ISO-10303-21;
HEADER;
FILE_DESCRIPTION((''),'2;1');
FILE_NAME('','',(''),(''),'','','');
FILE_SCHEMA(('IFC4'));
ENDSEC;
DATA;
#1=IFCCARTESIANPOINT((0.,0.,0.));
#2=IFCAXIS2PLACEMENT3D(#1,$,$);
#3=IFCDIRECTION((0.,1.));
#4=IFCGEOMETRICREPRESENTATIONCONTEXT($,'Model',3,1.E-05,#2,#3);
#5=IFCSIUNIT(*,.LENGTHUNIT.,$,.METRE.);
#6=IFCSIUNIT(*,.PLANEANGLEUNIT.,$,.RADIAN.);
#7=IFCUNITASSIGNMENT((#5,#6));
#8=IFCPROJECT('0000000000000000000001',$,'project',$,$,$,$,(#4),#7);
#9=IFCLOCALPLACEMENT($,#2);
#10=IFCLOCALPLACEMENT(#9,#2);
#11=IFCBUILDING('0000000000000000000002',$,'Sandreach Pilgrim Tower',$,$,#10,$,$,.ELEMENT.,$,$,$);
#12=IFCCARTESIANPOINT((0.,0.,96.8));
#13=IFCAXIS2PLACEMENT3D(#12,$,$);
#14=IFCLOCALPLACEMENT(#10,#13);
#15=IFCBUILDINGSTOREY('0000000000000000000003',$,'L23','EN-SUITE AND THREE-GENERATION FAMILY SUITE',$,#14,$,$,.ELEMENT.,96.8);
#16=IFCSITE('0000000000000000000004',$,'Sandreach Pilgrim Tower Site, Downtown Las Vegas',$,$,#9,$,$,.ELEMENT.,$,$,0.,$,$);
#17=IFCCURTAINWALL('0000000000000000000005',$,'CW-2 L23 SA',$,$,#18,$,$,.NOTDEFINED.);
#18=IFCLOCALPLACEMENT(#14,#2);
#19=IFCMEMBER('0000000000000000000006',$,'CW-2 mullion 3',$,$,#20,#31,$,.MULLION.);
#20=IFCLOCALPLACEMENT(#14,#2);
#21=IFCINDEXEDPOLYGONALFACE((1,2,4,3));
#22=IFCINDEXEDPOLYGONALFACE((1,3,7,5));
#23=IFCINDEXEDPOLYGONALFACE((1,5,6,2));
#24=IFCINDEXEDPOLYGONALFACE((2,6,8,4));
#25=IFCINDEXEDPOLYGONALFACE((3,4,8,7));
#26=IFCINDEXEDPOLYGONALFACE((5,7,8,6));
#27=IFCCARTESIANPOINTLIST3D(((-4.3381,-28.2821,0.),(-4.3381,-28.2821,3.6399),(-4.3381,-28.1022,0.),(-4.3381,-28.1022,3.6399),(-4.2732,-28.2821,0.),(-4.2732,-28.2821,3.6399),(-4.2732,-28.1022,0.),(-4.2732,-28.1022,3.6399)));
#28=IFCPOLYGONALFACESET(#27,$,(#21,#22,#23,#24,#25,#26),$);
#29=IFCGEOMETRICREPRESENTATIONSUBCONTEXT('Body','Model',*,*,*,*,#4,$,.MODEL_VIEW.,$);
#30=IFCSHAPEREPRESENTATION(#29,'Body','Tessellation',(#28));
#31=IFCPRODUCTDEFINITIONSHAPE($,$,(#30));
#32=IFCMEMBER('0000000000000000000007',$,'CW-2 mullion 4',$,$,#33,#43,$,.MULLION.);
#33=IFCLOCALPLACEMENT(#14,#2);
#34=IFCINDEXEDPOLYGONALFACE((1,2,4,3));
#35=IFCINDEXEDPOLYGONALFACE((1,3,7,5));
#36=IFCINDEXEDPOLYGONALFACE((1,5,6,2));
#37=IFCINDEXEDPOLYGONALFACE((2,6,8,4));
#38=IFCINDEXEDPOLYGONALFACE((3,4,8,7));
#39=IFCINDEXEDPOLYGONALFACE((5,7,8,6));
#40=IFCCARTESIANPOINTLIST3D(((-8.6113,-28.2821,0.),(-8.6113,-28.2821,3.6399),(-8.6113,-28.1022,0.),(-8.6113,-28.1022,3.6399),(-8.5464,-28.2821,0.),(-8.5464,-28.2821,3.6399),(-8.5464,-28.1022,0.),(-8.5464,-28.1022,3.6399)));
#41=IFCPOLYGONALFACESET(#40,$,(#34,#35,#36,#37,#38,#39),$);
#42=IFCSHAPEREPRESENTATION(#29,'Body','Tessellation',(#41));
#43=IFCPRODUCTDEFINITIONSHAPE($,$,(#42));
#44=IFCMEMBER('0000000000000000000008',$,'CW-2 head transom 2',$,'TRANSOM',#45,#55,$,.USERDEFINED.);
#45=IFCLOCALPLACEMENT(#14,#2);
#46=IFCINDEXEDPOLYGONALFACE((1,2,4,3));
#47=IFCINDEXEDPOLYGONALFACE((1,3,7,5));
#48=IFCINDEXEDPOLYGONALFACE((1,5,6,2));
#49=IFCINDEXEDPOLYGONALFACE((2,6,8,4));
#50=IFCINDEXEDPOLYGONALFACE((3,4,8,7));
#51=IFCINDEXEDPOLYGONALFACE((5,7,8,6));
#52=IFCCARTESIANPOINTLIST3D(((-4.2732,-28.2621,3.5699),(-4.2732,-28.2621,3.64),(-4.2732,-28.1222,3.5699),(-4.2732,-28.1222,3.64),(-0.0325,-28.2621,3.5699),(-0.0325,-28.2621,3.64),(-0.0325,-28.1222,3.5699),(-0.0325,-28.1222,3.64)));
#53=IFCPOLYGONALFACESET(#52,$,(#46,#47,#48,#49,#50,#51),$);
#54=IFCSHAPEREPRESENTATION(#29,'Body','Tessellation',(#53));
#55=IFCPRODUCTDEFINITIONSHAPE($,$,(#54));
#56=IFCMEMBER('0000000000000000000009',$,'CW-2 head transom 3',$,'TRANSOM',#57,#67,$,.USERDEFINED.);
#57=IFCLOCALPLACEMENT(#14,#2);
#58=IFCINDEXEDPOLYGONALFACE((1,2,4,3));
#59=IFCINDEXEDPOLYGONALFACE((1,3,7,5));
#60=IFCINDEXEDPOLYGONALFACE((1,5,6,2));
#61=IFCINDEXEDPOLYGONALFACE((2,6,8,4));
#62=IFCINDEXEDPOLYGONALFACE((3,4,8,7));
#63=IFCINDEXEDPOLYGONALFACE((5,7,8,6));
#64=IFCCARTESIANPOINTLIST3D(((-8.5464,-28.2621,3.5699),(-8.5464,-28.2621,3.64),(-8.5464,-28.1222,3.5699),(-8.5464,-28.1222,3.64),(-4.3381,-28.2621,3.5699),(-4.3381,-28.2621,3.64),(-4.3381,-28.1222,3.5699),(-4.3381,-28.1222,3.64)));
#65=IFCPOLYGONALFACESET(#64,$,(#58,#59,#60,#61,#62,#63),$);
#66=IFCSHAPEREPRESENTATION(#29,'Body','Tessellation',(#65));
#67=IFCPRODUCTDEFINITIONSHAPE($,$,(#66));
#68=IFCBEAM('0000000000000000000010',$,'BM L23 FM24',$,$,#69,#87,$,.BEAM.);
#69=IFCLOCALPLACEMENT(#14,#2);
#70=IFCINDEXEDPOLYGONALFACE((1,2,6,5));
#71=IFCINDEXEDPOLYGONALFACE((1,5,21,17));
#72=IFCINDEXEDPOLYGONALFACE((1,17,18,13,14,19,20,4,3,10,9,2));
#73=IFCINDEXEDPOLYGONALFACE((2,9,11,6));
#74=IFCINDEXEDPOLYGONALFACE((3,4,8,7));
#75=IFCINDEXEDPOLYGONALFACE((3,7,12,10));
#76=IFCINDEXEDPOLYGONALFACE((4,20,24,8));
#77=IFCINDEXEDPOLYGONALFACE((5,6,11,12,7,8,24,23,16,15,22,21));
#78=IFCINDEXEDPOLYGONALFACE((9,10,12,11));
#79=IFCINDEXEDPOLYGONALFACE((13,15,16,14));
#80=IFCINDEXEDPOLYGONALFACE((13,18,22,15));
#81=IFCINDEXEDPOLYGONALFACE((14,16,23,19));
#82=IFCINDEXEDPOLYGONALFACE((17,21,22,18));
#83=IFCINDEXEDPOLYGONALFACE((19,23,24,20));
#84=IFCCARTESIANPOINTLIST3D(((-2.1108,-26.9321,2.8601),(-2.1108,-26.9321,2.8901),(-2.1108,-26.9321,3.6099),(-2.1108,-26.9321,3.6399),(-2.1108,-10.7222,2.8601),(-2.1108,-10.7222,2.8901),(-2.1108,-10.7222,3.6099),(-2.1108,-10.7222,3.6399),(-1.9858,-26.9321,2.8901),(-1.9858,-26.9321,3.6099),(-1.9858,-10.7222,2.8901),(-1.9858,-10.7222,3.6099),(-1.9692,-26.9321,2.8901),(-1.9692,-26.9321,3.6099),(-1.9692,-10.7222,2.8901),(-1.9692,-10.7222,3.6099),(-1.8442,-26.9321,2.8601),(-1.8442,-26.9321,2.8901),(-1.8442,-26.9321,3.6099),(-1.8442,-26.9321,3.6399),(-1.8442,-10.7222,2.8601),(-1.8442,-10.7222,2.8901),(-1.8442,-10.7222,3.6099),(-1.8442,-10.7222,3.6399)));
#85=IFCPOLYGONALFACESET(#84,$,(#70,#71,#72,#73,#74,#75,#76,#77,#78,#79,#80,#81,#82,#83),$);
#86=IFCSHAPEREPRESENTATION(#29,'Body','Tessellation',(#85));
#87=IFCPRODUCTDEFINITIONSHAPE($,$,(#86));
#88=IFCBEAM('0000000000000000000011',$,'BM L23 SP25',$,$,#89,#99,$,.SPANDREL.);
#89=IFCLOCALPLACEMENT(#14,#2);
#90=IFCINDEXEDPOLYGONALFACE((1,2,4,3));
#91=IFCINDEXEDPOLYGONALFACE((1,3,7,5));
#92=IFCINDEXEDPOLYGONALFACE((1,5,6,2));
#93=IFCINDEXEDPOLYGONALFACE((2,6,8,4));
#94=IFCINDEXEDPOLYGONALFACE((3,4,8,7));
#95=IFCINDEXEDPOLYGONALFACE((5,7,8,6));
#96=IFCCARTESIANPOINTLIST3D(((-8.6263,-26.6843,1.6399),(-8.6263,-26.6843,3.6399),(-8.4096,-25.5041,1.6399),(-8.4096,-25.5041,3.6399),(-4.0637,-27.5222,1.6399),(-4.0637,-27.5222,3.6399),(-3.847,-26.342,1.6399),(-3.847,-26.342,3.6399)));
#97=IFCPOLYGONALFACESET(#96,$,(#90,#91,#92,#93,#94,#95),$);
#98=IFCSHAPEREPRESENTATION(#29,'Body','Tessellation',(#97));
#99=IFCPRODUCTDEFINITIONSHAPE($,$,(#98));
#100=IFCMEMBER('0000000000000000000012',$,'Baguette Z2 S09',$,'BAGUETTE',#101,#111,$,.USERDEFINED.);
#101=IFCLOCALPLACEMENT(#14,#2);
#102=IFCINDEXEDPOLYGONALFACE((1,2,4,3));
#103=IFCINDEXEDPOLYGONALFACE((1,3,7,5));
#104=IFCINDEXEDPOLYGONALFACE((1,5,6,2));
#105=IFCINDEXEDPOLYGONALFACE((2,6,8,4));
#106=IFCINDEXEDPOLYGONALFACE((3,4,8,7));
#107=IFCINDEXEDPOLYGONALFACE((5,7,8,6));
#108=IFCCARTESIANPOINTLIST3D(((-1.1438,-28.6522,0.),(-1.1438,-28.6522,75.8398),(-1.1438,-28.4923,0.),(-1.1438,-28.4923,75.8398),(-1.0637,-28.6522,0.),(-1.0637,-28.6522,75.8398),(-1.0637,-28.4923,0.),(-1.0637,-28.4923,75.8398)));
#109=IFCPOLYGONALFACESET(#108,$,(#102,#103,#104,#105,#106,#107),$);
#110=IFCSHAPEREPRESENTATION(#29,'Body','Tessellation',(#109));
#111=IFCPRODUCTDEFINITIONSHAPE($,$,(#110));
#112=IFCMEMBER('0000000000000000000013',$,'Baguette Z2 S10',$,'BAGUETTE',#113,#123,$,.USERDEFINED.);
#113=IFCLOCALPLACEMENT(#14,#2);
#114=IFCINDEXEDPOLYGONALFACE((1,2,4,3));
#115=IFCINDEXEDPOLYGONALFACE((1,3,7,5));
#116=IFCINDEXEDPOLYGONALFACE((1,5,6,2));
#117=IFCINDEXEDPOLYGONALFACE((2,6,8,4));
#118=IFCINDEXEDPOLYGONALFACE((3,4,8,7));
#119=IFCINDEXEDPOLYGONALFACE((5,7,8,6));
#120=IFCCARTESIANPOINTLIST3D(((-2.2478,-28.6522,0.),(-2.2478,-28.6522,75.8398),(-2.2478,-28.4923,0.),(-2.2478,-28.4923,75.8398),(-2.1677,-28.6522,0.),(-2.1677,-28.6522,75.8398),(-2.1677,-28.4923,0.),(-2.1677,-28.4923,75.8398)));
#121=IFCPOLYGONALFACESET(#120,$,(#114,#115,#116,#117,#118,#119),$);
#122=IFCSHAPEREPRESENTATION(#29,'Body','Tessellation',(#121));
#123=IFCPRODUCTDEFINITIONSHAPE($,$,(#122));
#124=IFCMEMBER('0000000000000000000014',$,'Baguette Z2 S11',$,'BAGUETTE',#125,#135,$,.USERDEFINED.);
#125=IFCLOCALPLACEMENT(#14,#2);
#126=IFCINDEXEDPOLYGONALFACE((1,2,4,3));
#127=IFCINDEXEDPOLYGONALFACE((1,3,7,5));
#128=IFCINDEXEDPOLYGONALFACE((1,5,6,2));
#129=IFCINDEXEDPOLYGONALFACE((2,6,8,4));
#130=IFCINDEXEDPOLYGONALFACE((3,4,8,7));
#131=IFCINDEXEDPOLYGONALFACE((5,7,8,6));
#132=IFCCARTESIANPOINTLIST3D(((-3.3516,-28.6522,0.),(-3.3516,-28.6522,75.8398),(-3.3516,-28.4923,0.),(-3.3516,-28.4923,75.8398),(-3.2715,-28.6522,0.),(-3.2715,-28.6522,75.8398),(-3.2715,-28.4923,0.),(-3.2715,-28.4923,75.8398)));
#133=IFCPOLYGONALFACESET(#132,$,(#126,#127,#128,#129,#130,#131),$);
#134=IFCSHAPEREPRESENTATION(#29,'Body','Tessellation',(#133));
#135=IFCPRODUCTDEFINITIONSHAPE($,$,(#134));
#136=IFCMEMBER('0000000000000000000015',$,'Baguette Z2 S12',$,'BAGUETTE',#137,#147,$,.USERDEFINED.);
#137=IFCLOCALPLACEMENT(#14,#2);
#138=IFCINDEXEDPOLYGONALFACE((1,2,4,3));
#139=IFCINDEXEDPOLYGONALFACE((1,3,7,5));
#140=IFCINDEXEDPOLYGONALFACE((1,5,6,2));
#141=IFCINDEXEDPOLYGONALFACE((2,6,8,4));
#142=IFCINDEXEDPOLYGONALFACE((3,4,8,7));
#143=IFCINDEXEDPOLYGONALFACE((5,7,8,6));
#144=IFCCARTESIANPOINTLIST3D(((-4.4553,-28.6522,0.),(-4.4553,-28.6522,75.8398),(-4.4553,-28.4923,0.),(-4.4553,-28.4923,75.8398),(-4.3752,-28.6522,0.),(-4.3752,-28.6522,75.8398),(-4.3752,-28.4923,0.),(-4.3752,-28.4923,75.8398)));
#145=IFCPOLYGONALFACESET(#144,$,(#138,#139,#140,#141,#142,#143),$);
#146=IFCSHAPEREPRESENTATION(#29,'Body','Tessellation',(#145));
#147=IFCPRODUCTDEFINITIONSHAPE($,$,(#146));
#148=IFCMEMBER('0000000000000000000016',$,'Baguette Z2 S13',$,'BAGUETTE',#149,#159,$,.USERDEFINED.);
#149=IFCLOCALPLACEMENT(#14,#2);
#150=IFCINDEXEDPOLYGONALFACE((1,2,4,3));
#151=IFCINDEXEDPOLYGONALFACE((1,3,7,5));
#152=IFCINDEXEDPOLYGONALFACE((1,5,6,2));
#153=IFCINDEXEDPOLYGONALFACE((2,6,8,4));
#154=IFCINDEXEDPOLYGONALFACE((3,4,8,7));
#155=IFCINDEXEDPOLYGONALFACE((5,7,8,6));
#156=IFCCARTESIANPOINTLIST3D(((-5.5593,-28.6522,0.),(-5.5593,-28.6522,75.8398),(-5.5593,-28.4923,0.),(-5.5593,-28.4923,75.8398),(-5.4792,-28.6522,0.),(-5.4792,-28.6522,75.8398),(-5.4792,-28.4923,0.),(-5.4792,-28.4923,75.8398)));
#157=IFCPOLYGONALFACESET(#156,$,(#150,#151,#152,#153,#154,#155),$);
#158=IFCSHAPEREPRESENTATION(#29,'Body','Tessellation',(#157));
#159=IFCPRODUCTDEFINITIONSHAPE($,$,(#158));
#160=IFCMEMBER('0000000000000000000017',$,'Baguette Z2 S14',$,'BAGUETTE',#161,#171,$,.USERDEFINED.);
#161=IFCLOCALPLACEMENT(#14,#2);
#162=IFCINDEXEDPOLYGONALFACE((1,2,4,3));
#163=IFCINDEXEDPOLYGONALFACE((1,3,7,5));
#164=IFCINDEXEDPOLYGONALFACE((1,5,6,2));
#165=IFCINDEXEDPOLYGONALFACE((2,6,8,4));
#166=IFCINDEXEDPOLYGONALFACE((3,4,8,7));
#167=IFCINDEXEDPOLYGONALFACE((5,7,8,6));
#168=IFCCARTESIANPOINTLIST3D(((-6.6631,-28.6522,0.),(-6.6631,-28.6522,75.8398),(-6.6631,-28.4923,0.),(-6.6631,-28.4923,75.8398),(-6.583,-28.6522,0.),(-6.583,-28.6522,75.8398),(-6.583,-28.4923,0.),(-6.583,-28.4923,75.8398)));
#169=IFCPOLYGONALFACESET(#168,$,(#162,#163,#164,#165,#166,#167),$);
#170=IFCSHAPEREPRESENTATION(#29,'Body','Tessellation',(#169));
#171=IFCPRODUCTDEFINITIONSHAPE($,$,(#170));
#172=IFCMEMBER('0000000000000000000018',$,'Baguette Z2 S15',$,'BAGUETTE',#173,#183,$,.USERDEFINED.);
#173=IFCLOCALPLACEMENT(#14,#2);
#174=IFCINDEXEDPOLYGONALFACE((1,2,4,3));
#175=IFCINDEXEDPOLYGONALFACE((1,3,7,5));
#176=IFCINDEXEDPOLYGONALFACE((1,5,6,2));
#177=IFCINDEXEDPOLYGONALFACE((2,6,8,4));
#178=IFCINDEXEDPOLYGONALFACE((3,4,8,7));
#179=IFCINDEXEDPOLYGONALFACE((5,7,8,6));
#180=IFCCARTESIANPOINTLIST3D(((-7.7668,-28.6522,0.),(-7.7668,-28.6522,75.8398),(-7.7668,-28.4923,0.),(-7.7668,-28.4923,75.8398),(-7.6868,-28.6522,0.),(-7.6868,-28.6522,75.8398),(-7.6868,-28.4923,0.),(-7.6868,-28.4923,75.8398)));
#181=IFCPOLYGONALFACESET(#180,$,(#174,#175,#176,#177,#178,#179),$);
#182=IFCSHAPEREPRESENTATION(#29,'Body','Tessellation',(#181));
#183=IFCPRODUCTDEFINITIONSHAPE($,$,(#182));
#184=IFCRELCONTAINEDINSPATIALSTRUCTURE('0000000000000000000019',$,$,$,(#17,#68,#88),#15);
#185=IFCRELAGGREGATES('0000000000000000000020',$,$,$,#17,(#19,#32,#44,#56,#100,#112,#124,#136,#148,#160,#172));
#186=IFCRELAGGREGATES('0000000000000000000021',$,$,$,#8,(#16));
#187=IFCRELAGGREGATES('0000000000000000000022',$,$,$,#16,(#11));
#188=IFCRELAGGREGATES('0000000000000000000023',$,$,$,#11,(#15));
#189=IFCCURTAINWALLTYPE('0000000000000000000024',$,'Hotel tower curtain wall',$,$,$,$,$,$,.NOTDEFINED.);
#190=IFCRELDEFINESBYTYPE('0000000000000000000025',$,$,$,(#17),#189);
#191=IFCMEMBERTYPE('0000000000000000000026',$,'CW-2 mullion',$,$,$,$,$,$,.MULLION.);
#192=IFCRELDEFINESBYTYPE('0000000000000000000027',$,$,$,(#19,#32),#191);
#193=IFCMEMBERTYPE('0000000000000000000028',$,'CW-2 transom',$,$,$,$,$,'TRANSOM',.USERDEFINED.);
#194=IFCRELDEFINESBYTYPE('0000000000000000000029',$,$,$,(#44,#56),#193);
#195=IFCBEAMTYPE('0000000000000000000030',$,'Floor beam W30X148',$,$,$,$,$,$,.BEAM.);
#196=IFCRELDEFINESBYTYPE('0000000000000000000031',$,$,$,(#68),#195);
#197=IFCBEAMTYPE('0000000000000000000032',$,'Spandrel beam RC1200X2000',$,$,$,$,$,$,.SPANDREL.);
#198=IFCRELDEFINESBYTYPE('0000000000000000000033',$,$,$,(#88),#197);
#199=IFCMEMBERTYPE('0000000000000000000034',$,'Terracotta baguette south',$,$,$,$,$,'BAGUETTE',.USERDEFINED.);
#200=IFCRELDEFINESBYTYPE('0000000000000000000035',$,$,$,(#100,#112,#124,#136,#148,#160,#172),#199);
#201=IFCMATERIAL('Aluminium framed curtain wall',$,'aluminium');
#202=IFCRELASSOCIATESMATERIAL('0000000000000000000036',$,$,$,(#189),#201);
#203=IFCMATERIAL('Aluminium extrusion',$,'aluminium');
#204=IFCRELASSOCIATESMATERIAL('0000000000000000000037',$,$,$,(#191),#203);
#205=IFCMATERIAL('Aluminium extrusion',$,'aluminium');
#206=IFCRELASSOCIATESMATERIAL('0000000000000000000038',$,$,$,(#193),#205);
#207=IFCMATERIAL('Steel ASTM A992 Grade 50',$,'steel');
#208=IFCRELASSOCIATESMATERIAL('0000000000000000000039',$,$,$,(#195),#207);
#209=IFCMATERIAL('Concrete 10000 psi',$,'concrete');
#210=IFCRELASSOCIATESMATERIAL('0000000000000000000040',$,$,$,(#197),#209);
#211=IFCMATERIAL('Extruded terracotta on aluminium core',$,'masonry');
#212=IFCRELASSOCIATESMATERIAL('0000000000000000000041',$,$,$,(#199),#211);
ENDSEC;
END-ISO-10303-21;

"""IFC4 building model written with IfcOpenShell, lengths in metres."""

from ifc_helpers import new_model, si_unit, direction, frame, origin, origin_2d, place, context, subcontext, project, spatial, rectangle, i_section, extrude, material, material_profile, profile_set, type_object, element, aggregate, save


model = new_model("IFC4")

# Units and contexts
model_context = context("Model", 3, precision=1e-05, world=origin(), true_north=direction((0.0, 1.0)))
body_context = subcontext(model_context, "Body", "Model", "MODEL_VIEW")
ifc_project = project(units=[si_unit("LENGTHUNIT", "METRE"), si_unit("PLANEANGLEUNIT", "RADIAN")], contexts=[model_context])

# Site, building, storey
site_placement = place(None, origin())
site = spatial("IfcSite", under=ifc_project, at=site_placement, Name="Sandreach Pilgrim Tower Site, Downtown Las Vegas", CompositionType="ELEMENT", RefElevation=0.0)
building_placement = place(site_placement, origin())
building = spatial("IfcBuilding", under=site, at=building_placement, Name="Sandreach Pilgrim Tower", CompositionType="ELEMENT")
storey_placement = place(building_placement, frame((0.0, 0.0, 96.8)))
storey = spatial("IfcBuildingStorey", under=building, at=storey_placement, Name="L23", Description="EN-SUITE AND THREE-GENERATION FAMILY SUITE", CompositionType="ELEMENT", Elevation=96.8)

# Curtain wall, members
ifc_material_1 = material(Name="Aluminium framed curtain wall", Category="aluminium")
curtain_wall_type = type_object("IfcCurtainWallType", Name="Hotel tower curtain wall", PredefinedType="NOTDEFINED", material=ifc_material_1)
curtain_wall_placement = place(storey_placement, origin())
curtain_wall = element("IfcCurtainWall", 1, at=curtain_wall_placement, inside=storey, type_object=curtain_wall_type, Name="CW-2 L23 SA", PredefinedType="NOTDEFINED")
ifc_material_2 = material(Name="Aluminium extrusion", Category="aluminium")
ifc_material_profile_1 = material_profile(ifc_material_2, rectangle(XDim=0.0649, YDim=0.1799, at=origin_2d()), Name="CW-2M 65X180")
ifc_profile_set_1 = profile_set([ifc_material_profile_1], Name="Aluminium extrusion")
member_type_1 = type_object("IfcMemberType", Name="CW-2 mullion", PredefinedType="MULLION", material=ifc_profile_set_1)
member_1_placement = place(storey_placement, frame((-4.3057, -28.1921, 0.0), z_axis=(0.0, 0.0, 1.0), x_axis=(-1.0, 0.0, 0.0)))
member_1 = element("IfcMember", 2, at=member_1_placement, type_object=member_type_1, Name="CW-2 mullion 3", PredefinedType="MULLION", context=body_context, shape_type="SweptSolid", body=[
    extrude(rectangle(XDim=0.0649, YDim=0.1799, at=origin_2d()), origin(), (0.0, 0.0, 1.0), 3.6399),
])
member_2_placement = place(storey_placement, frame((-8.5789, -28.1921, 0.0), z_axis=(0.0, 0.0, 1.0), x_axis=(-1.0, 0.0, 0.0)))
member_2 = element("IfcMember", 3, at=member_2_placement, type_object=member_type_1, Name="CW-2 mullion 4", PredefinedType="MULLION", context=body_context, shape_type="SweptSolid", body=[
    extrude(rectangle(XDim=0.0649, YDim=0.1799, at=origin_2d()), origin(), (0.0, 0.0, 1.0), 3.6399),
])
ifc_material_3 = material(Name="Aluminium extrusion", Category="aluminium")
ifc_material_profile_2 = material_profile(ifc_material_3, rectangle(XDim=0.1399, YDim=0.0701, at=origin_2d()), Name="CW-2T 140X70")
ifc_profile_set_2 = profile_set([ifc_material_profile_2], Name="Aluminium extrusion")
member_type_2 = type_object("IfcMemberType", Name="CW-2 transom", ElementType="TRANSOM", PredefinedType="USERDEFINED", material=ifc_profile_set_2)
member_3_placement = place(storey_placement, frame((-0.0325, -28.1921, 3.605), z_axis=(-1.0, 0.0, 0.0), x_axis=(0.0, -1.0, 0.0)))
member_3 = element("IfcMember", 4, at=member_3_placement, type_object=member_type_2, Name="CW-2 head transom 2", ObjectType="TRANSOM", PredefinedType="USERDEFINED", context=body_context, shape_type="SweptSolid", body=[
    extrude(rectangle(XDim=0.1399, YDim=0.0701, at=origin_2d()), origin(), (0.0, 0.0, 1.0), 4.2407),
])
member_4_placement = place(storey_placement, frame((-4.3381, -28.1921, 3.605), z_axis=(-1.0, 0.0, 0.0), x_axis=(0.0, -1.0, 0.0)))
member_4 = element("IfcMember", 5, at=member_4_placement, type_object=member_type_2, Name="CW-2 head transom 3", ObjectType="TRANSOM", PredefinedType="USERDEFINED", context=body_context, shape_type="SweptSolid", body=[
    extrude(rectangle(XDim=0.1399, YDim=0.0701, at=origin_2d()), origin(), (0.0, 0.0, 1.0), 4.2083),
])

# Beams
ifc_material_4 = material(Name="Steel ASTM A992 Grade 50", Category="steel")
ifc_material_profile_3 = material_profile(ifc_material_4, i_section(OverallWidth=0.2666, OverallDepth=0.7798, WebThickness=0.0166, FlangeThickness=0.03, at=origin_2d()), Name="W30X148")
ifc_profile_set_3 = profile_set([ifc_material_profile_3], Name="Steel ASTM A992 Grade 50")
beam_type_1 = type_object("IfcBeamType", Name="Floor beam W30X148", PredefinedType="BEAM", material=ifc_profile_set_3)
beam_1_placement = place(storey_placement, frame((-1.9775, -26.9321, 3.25), z_axis=(0.0, 1.0, 0.0), x_axis=(-1.0, 0.0, 0.0)))
element("IfcBeam", 6, at=beam_1_placement, inside=storey, type_object=beam_type_1, Name="BM L23 FM24", PredefinedType="BEAM", context=body_context, shape_type="SweptSolid", body=[
    extrude(i_section(OverallWidth=0.2666, OverallDepth=0.7798, WebThickness=0.0166, FlangeThickness=0.03, at=origin_2d()), origin(), (0.0, 0.0, 1.0), 16.21),
])
ifc_material_5 = material(Name="Concrete 10000 psi", Category="concrete")
ifc_material_profile_4 = material_profile(ifc_material_5, rectangle(XDim=1.2, YDim=2.0, at=origin_2d()), Name="RC1200X2000")
ifc_profile_set_4 = profile_set([ifc_material_profile_4], Name="Concrete 10000 psi")
beam_type_2 = type_object("IfcBeamType", Name="Spandrel beam RC1200X2000", PredefinedType="SPANDREL", material=ifc_profile_set_4)
beam_2_placement = place(storey_placement, frame((-3.9553, -26.9321, 2.6399), z_axis=(-0.983552, 0.180627, 0.0), x_axis=(-0.180627, -0.983552, 0.0)))
element("IfcBeam", 7, at=beam_2_placement, inside=storey, type_object=beam_type_2, Name="BM L23 SP25", PredefinedType="SPANDREL", context=body_context, shape_type="SweptSolid", body=[
    extrude(rectangle(XDim=1.2, YDim=2.0, at=origin_2d()), origin(), (0.0, 0.0, 1.0), 4.6389),
])

# Members
ifc_material_6 = material(Name="Extruded terracotta on aluminium core", Category="masonry")
ifc_material_profile_5 = material_profile(ifc_material_6, rectangle(XDim=0.0801, YDim=0.1599, at=origin_2d()), Name="TBS 80X160")
ifc_profile_set_5 = profile_set([ifc_material_profile_5], Name="Extruded terracotta on aluminium core")
member_type_3 = type_object("IfcMemberType", Name="Terracotta baguette south", ElementType="BAGUETTE", PredefinedType="USERDEFINED", material=ifc_profile_set_5)
member_5_placement = place(storey_placement, frame((-1.1038, -28.5723, 0.0), z_axis=(0.0, 0.0, 1.0), x_axis=(-1.0, 0.0, 0.0)))
member_5 = element("IfcMember", 8, at=member_5_placement, type_object=member_type_3, Name="Baguette Z2 S09", ObjectType="BAGUETTE", PredefinedType="USERDEFINED", context=body_context, shape_type="SweptSolid", body=[
    extrude(rectangle(XDim=0.0801, YDim=0.1599, at=origin_2d()), origin(), (0.0, 0.0, 1.0), 75.8398),
])
member_6_placement = place(storey_placement, frame((-2.2078, -28.5723, 0.0), z_axis=(0.0, 0.0, 1.0), x_axis=(-1.0, 0.0, 0.0)))
member_6 = element("IfcMember", 9, at=member_6_placement, type_object=member_type_3, Name="Baguette Z2 S10", ObjectType="BAGUETTE", PredefinedType="USERDEFINED", context=body_context, shape_type="SweptSolid", body=[
    extrude(rectangle(XDim=0.0801, YDim=0.1599, at=origin_2d()), origin(), (0.0, 0.0, 1.0), 75.8398),
])
member_7_placement = place(storey_placement, frame((-3.3115, -28.5723, 0.0), z_axis=(0.0, 0.0, 1.0), x_axis=(-1.0, 0.0, 0.0)))
member_7 = element("IfcMember", 10, at=member_7_placement, type_object=member_type_3, Name="Baguette Z2 S11", ObjectType="BAGUETTE", PredefinedType="USERDEFINED", context=body_context, shape_type="SweptSolid", body=[
    extrude(rectangle(XDim=0.0801, YDim=0.1599, at=origin_2d()), origin(), (0.0, 0.0, 1.0), 75.8398),
])
member_8_placement = place(storey_placement, frame((-4.4153, -28.5723, 0.0), z_axis=(0.0, 0.0, 1.0), x_axis=(-1.0, 0.0, 0.0)))
member_8 = element("IfcMember", 11, at=member_8_placement, type_object=member_type_3, Name="Baguette Z2 S12", ObjectType="BAGUETTE", PredefinedType="USERDEFINED", context=body_context, shape_type="SweptSolid", body=[
    extrude(rectangle(XDim=0.0801, YDim=0.1599, at=origin_2d()), origin(), (0.0, 0.0, 1.0), 75.8398),
])
member_9_placement = place(storey_placement, frame((-5.5193, -28.5723, 0.0), z_axis=(0.0, 0.0, 1.0), x_axis=(-1.0, 0.0, 0.0)))
member_9 = element("IfcMember", 12, at=member_9_placement, type_object=member_type_3, Name="Baguette Z2 S13", ObjectType="BAGUETTE", PredefinedType="USERDEFINED", context=body_context, shape_type="SweptSolid", body=[
    extrude(rectangle(XDim=0.0801, YDim=0.1599, at=origin_2d()), origin(), (0.0, 0.0, 1.0), 75.8398),
])
member_10_placement = place(storey_placement, frame((-6.623, -28.5723, 0.0), z_axis=(0.0, 0.0, 1.0), x_axis=(-1.0, 0.0, 0.0)))
member_10 = element("IfcMember", 13, at=member_10_placement, type_object=member_type_3, Name="Baguette Z2 S14", ObjectType="BAGUETTE", PredefinedType="USERDEFINED", context=body_context, shape_type="SweptSolid", body=[
    extrude(rectangle(XDim=0.0801, YDim=0.1599, at=origin_2d()), origin(), (0.0, 0.0, 1.0), 75.8398),
])
member_11_placement = place(storey_placement, frame((-7.7268, -28.5723, 0.0), z_axis=(0.0, 0.0, 1.0), x_axis=(-1.0, 0.0, 0.0)))
member_11 = element("IfcMember", 14, at=member_11_placement, type_object=member_type_3, Name="Baguette Z2 S15", ObjectType="BAGUETTE", PredefinedType="USERDEFINED", context=body_context, shape_type="SweptSolid", body=[
    extrude(rectangle(XDim=0.0801, YDim=0.1599, at=origin_2d()), origin(), (0.0, 0.0, 1.0), 75.8398),
])

aggregate(curtain_wall, [member_1, member_2, member_3, member_4, member_5, member_6, member_7, member_8, member_9, member_10, member_11])

save(model, "model.ifc")
